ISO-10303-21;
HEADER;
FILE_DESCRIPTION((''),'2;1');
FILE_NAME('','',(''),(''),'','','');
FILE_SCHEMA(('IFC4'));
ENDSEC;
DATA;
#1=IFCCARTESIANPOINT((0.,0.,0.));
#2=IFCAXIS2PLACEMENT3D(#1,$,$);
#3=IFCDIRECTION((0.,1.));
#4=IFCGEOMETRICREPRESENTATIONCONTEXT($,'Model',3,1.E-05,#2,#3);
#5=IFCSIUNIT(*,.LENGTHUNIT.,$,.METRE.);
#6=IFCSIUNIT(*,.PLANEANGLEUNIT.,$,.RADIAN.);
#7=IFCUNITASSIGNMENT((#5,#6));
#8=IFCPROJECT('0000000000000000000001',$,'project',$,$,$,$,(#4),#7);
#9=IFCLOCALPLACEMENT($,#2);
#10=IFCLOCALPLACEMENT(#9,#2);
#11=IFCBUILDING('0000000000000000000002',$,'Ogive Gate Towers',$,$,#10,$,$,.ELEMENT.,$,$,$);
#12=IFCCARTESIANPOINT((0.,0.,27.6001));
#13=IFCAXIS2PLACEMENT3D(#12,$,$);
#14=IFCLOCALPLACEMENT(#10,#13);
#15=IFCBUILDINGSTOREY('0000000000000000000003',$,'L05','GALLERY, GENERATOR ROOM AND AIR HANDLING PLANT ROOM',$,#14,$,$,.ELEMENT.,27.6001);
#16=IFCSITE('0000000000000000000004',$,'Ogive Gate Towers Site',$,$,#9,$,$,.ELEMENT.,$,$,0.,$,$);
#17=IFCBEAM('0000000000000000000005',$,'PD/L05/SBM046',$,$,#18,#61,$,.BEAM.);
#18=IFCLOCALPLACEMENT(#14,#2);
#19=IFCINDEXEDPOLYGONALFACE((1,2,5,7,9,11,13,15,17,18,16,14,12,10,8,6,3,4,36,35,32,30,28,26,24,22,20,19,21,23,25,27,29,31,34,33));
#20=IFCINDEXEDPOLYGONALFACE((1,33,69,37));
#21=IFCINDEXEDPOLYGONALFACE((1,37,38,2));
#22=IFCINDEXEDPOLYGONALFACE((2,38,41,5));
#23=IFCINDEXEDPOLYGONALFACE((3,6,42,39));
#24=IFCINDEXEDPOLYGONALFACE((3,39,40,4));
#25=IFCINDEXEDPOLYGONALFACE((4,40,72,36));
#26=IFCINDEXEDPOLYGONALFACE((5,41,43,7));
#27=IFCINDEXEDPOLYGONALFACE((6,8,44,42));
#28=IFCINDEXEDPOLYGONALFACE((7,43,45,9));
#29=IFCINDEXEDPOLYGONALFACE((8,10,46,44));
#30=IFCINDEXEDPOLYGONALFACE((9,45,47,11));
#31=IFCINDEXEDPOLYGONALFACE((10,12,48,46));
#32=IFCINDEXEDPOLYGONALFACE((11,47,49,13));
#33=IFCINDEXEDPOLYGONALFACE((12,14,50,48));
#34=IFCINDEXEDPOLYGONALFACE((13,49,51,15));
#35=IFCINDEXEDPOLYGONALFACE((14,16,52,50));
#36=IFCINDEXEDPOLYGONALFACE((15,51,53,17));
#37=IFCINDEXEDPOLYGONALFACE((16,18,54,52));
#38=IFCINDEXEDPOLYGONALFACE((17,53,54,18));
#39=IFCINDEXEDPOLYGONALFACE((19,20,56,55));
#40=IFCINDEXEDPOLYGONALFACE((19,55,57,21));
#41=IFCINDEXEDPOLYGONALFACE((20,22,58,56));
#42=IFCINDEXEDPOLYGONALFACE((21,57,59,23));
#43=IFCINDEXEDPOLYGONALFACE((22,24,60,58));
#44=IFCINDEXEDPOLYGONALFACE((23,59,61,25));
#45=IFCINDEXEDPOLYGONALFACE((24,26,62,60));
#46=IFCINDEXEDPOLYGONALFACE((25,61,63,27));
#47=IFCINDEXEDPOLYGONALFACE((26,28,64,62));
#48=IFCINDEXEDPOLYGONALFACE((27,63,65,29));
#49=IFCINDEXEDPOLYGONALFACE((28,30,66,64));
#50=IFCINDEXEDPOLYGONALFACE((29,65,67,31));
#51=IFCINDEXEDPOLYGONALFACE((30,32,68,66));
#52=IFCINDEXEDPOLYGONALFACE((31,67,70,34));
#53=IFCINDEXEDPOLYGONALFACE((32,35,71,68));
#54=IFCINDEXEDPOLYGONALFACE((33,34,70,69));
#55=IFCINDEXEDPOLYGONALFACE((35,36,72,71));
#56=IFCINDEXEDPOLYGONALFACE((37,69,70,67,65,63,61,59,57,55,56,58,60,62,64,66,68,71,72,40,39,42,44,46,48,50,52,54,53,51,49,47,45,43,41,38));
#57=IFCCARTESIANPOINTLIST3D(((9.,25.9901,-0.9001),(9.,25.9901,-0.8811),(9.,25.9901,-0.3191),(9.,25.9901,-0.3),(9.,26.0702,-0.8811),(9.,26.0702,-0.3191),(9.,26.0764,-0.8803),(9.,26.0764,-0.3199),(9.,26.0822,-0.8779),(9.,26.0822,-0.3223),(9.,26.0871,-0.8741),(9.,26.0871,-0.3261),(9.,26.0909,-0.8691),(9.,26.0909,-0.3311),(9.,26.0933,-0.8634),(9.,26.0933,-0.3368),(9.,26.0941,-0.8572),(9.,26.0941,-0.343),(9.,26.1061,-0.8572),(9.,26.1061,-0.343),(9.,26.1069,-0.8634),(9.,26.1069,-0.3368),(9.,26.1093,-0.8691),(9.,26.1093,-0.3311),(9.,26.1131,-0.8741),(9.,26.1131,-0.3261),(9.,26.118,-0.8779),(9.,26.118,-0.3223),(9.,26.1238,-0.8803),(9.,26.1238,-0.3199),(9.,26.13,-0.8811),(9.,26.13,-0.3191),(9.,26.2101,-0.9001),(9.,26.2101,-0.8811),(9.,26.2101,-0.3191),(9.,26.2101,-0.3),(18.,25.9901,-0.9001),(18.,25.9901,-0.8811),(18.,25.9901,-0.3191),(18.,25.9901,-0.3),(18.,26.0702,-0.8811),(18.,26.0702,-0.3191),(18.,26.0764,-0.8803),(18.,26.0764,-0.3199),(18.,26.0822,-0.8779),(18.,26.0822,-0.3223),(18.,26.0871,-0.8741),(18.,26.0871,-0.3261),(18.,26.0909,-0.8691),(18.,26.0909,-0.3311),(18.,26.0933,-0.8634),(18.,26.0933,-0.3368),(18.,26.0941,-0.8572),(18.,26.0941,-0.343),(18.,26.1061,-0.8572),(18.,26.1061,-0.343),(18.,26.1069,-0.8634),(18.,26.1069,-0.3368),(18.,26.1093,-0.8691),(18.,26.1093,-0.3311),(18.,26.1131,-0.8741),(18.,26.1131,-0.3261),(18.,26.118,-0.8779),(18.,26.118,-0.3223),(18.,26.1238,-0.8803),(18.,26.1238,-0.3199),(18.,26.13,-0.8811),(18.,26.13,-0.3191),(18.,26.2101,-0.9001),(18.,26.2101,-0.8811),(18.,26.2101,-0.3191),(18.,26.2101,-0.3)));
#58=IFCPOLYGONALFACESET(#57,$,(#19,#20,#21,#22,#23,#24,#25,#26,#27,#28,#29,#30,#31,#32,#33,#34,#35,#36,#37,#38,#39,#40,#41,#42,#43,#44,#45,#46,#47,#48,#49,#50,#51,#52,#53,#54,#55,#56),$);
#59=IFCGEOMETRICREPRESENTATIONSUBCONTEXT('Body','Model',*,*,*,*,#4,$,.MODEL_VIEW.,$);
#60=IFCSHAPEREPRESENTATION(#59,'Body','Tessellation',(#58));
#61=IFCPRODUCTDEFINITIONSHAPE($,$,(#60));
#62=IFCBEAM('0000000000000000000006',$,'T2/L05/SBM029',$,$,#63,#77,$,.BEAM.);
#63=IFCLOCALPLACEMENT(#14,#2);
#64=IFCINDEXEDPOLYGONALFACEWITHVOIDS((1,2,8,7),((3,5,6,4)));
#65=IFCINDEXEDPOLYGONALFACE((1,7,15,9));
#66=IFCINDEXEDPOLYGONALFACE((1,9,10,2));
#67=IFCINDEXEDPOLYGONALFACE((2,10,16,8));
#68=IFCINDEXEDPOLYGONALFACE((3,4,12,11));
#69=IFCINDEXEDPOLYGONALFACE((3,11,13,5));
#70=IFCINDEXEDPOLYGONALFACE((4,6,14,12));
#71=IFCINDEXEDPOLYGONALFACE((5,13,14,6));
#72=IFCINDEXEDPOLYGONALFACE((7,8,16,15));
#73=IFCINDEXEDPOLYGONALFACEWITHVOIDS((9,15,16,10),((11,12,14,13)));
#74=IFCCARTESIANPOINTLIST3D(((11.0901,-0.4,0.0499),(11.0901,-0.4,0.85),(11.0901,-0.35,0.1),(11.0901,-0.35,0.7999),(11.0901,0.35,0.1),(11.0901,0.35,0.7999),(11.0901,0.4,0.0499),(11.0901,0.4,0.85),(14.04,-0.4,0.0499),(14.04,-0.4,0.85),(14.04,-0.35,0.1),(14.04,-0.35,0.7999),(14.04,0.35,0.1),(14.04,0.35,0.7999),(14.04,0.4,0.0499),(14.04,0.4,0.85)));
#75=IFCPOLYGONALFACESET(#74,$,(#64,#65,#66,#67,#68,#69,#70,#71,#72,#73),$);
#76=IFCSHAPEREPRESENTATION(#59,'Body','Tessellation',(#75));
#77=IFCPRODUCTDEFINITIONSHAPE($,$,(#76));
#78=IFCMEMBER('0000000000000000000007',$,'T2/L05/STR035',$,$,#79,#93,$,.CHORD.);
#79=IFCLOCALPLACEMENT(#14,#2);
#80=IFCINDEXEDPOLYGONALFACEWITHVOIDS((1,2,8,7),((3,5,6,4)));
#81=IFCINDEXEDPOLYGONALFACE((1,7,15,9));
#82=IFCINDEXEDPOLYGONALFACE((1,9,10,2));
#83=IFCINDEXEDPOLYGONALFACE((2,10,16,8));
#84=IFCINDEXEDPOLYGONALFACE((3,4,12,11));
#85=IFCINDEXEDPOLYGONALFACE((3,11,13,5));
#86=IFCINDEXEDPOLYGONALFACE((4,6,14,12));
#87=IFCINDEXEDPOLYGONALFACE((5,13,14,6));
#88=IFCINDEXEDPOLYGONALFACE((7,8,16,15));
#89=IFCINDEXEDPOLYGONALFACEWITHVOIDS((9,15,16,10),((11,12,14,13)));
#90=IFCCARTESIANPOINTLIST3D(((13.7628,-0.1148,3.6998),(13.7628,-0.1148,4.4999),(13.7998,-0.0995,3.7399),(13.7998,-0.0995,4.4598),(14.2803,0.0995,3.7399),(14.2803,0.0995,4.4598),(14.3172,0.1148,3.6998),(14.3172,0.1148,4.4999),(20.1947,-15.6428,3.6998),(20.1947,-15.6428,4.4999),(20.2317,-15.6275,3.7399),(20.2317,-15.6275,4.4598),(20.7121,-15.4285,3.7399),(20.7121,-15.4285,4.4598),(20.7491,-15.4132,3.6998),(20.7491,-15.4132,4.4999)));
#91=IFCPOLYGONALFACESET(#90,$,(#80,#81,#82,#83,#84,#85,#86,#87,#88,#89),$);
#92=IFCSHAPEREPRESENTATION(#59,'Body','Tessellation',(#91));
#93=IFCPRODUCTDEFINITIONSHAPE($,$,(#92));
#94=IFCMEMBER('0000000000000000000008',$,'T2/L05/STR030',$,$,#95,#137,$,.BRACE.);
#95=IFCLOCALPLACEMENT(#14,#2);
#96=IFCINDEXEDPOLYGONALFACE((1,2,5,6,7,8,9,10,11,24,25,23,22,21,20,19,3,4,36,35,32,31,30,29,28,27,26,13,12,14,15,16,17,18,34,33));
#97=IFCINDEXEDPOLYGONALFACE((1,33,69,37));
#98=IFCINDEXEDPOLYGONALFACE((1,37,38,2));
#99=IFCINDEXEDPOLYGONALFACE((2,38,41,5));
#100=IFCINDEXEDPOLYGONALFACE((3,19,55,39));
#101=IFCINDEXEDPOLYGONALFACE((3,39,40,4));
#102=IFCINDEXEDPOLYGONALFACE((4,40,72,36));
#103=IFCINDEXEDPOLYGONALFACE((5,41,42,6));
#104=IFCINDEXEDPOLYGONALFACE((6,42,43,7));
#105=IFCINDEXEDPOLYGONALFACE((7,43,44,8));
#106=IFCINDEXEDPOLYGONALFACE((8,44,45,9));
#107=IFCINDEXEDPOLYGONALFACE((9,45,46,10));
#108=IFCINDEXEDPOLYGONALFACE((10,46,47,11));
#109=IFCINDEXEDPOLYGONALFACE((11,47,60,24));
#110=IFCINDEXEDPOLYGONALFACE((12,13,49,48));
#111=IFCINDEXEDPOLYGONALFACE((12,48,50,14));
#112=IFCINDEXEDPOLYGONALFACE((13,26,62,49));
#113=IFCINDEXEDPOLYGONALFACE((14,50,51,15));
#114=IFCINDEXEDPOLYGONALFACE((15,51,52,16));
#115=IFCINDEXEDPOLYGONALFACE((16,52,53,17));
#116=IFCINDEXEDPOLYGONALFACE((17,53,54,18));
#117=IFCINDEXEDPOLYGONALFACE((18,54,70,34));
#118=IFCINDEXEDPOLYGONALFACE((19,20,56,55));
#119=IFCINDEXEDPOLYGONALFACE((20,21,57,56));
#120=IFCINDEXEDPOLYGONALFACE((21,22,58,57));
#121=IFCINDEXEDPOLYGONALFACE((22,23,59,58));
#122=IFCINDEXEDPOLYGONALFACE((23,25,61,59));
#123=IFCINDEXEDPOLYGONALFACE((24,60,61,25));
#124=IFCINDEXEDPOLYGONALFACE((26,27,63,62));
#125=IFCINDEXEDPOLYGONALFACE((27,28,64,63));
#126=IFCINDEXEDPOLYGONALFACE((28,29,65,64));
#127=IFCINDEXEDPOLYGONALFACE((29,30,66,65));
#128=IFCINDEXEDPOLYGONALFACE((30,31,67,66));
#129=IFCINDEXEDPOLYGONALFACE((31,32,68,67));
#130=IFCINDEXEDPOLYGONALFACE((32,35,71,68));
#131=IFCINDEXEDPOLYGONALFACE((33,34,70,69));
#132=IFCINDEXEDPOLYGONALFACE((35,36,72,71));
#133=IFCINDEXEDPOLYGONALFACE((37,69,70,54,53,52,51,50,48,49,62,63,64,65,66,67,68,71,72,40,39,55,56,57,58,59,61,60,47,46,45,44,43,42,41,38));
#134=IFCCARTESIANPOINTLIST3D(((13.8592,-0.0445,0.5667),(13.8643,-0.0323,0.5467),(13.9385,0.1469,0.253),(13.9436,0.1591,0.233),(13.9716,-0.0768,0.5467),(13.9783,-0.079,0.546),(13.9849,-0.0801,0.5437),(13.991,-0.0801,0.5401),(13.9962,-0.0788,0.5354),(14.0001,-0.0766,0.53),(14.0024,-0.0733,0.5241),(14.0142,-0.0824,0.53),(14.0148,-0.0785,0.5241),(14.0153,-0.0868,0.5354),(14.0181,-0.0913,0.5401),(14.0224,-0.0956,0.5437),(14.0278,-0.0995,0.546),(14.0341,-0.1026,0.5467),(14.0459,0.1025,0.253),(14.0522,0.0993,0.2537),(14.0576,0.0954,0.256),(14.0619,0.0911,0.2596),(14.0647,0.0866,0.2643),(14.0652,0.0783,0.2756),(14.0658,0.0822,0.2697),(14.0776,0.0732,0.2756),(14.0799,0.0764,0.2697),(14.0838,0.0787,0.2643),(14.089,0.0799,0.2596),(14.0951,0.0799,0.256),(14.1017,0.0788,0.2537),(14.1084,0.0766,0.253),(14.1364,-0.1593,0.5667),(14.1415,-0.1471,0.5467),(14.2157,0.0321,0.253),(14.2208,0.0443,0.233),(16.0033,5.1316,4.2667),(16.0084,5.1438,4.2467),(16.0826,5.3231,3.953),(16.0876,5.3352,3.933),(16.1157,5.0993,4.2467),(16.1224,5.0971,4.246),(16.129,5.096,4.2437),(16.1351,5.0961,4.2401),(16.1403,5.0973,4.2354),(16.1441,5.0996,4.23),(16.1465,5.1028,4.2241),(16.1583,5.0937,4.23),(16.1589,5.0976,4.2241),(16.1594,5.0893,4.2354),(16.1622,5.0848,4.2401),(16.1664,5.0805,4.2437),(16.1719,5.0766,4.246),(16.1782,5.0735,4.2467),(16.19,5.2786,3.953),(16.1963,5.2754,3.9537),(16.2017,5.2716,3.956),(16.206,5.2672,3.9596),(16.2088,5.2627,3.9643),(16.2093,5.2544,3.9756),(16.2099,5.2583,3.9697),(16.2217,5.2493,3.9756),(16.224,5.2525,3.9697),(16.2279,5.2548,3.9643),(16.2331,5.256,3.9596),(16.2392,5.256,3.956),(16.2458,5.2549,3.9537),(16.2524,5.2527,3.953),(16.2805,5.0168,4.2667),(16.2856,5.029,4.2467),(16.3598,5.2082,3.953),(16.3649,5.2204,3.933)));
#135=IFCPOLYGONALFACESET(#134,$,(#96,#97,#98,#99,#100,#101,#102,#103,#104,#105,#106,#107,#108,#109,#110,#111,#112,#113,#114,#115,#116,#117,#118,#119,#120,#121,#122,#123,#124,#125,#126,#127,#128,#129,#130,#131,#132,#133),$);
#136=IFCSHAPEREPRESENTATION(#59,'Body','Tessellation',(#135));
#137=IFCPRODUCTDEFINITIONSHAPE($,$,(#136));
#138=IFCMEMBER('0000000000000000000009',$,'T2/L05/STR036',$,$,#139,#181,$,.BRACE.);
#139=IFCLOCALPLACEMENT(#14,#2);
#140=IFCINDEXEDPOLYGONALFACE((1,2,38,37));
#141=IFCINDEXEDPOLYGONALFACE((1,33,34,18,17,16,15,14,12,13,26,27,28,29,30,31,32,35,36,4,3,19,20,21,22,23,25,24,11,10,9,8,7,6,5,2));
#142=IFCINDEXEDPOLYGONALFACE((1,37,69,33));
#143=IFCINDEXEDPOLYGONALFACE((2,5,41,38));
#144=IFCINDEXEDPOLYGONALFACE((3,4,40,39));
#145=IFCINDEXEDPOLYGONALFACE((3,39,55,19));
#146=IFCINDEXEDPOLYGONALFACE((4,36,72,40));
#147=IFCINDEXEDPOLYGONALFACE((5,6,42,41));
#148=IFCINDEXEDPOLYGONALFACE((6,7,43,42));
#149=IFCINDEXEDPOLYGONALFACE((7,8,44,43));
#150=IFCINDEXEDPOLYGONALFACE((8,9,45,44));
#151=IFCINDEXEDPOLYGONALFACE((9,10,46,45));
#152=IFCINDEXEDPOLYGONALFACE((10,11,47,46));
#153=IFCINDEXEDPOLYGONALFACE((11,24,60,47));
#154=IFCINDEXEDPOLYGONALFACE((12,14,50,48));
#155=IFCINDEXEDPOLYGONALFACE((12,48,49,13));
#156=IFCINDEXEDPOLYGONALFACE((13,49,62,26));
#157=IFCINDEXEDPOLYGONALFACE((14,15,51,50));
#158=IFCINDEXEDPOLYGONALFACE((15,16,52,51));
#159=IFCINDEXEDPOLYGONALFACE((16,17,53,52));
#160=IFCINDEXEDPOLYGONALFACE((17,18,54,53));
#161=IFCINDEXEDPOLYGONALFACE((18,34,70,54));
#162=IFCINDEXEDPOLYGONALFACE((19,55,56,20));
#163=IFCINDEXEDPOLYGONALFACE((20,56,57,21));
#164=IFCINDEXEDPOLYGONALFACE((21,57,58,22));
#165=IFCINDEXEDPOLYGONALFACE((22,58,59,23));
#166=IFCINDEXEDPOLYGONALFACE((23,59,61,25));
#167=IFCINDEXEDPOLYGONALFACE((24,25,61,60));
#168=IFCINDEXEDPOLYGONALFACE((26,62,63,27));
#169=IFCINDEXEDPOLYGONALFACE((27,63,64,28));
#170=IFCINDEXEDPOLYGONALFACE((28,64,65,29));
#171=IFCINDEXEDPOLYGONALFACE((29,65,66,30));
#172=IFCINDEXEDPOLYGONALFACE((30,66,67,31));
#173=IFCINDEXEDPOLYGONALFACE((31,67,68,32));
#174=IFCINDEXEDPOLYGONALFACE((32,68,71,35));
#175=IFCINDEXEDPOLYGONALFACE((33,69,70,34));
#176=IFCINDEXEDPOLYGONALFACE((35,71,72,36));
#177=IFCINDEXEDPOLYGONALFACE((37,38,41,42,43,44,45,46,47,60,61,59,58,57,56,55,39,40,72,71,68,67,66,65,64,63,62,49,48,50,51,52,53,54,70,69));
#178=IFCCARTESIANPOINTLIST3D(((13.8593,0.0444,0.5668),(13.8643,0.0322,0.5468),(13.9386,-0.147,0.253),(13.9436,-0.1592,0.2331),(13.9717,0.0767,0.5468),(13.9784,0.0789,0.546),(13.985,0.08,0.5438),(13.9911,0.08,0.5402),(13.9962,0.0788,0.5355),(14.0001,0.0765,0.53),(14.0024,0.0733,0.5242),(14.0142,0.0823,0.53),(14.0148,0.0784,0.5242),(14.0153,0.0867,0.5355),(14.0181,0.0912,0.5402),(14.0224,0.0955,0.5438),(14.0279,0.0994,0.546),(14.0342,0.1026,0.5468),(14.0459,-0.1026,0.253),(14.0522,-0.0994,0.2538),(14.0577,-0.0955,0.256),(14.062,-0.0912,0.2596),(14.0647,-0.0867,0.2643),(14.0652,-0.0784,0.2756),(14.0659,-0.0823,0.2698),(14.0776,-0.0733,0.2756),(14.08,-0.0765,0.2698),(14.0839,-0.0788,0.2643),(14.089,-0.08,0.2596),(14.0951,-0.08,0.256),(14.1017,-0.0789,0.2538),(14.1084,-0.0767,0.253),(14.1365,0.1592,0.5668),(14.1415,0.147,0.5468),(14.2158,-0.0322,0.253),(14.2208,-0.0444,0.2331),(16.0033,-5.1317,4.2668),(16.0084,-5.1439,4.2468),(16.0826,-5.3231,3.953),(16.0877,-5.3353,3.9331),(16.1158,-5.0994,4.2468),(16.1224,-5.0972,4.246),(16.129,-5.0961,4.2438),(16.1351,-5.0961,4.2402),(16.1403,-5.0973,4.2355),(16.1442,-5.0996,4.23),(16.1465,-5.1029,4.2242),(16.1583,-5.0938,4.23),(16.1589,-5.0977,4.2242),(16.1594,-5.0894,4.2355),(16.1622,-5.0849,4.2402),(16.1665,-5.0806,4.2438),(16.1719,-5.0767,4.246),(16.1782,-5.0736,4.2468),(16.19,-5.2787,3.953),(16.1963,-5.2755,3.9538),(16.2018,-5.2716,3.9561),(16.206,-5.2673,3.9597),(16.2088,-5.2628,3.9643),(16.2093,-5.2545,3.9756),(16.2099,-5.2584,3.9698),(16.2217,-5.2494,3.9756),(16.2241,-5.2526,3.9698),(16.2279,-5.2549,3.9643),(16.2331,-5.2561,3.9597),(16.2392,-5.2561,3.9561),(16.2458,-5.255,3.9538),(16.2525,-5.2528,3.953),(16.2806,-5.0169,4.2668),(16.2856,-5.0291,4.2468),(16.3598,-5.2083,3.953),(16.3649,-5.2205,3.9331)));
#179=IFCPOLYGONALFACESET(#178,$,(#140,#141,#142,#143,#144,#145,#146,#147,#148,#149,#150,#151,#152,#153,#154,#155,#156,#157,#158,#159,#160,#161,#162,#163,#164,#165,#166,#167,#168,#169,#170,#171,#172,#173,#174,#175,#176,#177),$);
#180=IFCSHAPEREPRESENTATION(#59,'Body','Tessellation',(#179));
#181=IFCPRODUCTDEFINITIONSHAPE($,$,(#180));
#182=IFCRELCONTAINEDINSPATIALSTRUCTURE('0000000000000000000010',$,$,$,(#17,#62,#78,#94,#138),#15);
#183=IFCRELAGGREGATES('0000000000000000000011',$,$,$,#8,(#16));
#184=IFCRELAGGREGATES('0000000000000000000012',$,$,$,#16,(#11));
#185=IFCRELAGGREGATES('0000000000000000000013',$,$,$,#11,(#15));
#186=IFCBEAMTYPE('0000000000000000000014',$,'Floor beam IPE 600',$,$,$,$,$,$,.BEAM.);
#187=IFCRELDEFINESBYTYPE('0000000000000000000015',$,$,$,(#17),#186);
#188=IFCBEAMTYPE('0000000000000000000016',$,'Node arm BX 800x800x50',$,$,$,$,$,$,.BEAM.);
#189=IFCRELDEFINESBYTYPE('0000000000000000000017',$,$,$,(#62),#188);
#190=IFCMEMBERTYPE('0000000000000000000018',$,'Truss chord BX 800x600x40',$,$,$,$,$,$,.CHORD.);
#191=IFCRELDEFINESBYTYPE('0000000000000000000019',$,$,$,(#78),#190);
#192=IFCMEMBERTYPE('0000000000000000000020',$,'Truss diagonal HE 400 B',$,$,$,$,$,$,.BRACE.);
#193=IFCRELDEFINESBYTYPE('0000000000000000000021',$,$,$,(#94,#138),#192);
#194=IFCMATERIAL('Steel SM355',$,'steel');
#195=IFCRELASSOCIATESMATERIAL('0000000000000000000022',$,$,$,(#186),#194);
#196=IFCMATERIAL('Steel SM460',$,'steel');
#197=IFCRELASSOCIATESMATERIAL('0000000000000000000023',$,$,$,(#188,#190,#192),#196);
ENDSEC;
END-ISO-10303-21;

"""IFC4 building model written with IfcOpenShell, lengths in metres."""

from ifc_helpers import new_model, si_unit, direction, frame, origin, origin_2d, place, context, subcontext, project, spatial, hollow_rectangle, i_section, extrude, material, material_profile, profile_set, type_object, element, save


model = new_model("IFC4")

# Units and contexts
model_context = context("Model", 3, precision=1e-05, world=origin(), true_north=direction((0.0, 1.0)))
body_context = subcontext(model_context, "Body", "Model", "MODEL_VIEW")
ifc_project = project(units=[si_unit("LENGTHUNIT", "METRE"), si_unit("PLANEANGLEUNIT", "RADIAN")], contexts=[model_context])

# Site, building, storey
site_placement = place(None, origin())
site = spatial("IfcSite", under=ifc_project, at=site_placement, Name="Ogive Gate Towers Site", CompositionType="ELEMENT", RefElevation=0.0)
building_placement = place(site_placement, origin())
building = spatial("IfcBuilding", under=site, at=building_placement, Name="Ogive Gate Towers", CompositionType="ELEMENT")
storey_placement = place(building_placement, frame((0.0, 0.0, 27.6001)))
storey = spatial("IfcBuildingStorey", under=building, at=storey_placement, Name="L05", Description="GALLERY, GENERATOR ROOM AND AIR HANDLING PLANT ROOM", CompositionType="ELEMENT", Elevation=27.6001)

# Beams
ifc_material_1 = material(Name="Steel SM355", Category="steel")
ifc_material_profile_1 = material_profile(ifc_material_1, i_section(OverallWidth=0.22, OverallDepth=0.6001, WebThickness=0.012, FlangeThickness=0.019, FilletRadius=0.0239, at=origin_2d()), Name="IPE 600")
ifc_profile_set_1 = profile_set([ifc_material_profile_1], Name="Steel SM355")
beam_type_1 = type_object("IfcBeamType", Name="Floor beam IPE 600", PredefinedType="BEAM", material=ifc_profile_set_1)
beam_1_placement = place(storey_placement, frame((9.0, 26.1001, -0.6001), z_axis=(1.0, 0.0, 0.0), x_axis=(0.0, 1.0, 0.0)))
element("IfcBeam", 1, at=beam_1_placement, inside=storey, type_object=beam_type_1, Name="PD/L05/SBM046", PredefinedType="BEAM", context=body_context, shape_type="SweptSolid", body=[
    extrude(i_section(OverallWidth=0.22, OverallDepth=0.6001, WebThickness=0.012, FlangeThickness=0.019, FilletRadius=0.0239, at=origin_2d()), origin(), (0.0, 0.0, 1.0), 9.0),
])
ifc_material_2 = material(Name="Steel SM460", Category="steel")
ifc_material_profile_2 = material_profile(ifc_material_2, hollow_rectangle(XDim=0.8, YDim=0.8, WallThickness=0.05, at=origin_2d()), Name="BX 800x800x50")
ifc_profile_set_2 = profile_set([ifc_material_profile_2], Name="Steel SM460")
beam_type_2 = type_object("IfcBeamType", Name="Node arm BX 800x800x50", PredefinedType="BEAM", material=ifc_profile_set_2)
beam_2_placement = place(storey_placement, frame((14.04, 0.0, 0.45), z_axis=(-1.0, 0.0, 0.0), x_axis=(0.0, -1.0, 0.0)))
element("IfcBeam", 2, at=beam_2_placement, inside=storey, type_object=beam_type_2, Name="T2/L05/SBM029", PredefinedType="BEAM", context=body_context, shape_type="SweptSolid", body=[
    extrude(hollow_rectangle(XDim=0.8, YDim=0.8, WallThickness=0.05, at=origin_2d()), origin(), (0.0, 0.0, 1.0), 2.95),
])

# Members
ifc_material_profile_3 = material_profile(ifc_material_2, hollow_rectangle(XDim=0.6001, YDim=0.8, WallThickness=0.04, at=origin_2d()), Name="BX 800x600x40")
ifc_profile_set_3 = profile_set([ifc_material_profile_3], Name="Steel SM460")
member_type_1 = type_object("IfcMemberType", Name="Truss chord BX 800x600x40", PredefinedType="CHORD", material=ifc_profile_set_3)
member_1_placement = place(storey_placement, frame((14.04, 0.0, 4.0999), z_axis=(0.382681, -0.923881, 0.0), x_axis=(0.923881, 0.382681, 0.0)))
element("IfcMember", 3, at=member_1_placement, inside=storey, type_object=member_type_1, Name="T2/L05/STR035", PredefinedType="CHORD", context=body_context, shape_type="SweptSolid", body=[
    extrude(hollow_rectangle(XDim=0.6001, YDim=0.8, WallThickness=0.04, at=origin_2d()), origin(), (0.0, 0.0, 1.0), 16.8074),
])
ifc_material_profile_4 = material_profile(ifc_material_2, i_section(OverallWidth=0.3, OverallDepth=0.3999, WebThickness=0.0134, FlangeThickness=0.0239, FilletRadius=0.0271, at=origin_2d()), Name="HE 400 B")
ifc_profile_set_4 = profile_set([ifc_material_profile_4], Name="Steel SM460")
member_type_2 = type_object("IfcMemberType", Name="Truss diagonal HE 400 B", PredefinedType="BRACE", material=ifc_profile_set_4)
for number, where, z_axis, x_axis, name in (
    (4, (16.1841, 5.176, 4.0999), (-0.319339, -0.77093, -0.55108), (0.923876, -0.382693, 0.0), "T2/L05/STR030"),
    (5, (14.04, 0.0, 0.3999), (0.319339, -0.77093, 0.55108), (0.923876, 0.382693, 0.0), "T2/L05/STR036"),
):
    element("IfcMember", number, at=place(storey_placement, frame(where, z_axis=z_axis, x_axis=x_axis)), inside=storey, type_object=member_type_2, Name=name, PredefinedType="BRACE", context=body_context, shape_type="SweptSolid", body=[
        extrude(i_section(OverallWidth=0.3, OverallDepth=0.3999, WebThickness=0.0134, FlangeThickness=0.0239, FilletRadius=0.0271, at=origin_2d()), origin(), (0.0, 0.0, 1.0), 6.7141),
    ])

save(model, "model.ifc")
